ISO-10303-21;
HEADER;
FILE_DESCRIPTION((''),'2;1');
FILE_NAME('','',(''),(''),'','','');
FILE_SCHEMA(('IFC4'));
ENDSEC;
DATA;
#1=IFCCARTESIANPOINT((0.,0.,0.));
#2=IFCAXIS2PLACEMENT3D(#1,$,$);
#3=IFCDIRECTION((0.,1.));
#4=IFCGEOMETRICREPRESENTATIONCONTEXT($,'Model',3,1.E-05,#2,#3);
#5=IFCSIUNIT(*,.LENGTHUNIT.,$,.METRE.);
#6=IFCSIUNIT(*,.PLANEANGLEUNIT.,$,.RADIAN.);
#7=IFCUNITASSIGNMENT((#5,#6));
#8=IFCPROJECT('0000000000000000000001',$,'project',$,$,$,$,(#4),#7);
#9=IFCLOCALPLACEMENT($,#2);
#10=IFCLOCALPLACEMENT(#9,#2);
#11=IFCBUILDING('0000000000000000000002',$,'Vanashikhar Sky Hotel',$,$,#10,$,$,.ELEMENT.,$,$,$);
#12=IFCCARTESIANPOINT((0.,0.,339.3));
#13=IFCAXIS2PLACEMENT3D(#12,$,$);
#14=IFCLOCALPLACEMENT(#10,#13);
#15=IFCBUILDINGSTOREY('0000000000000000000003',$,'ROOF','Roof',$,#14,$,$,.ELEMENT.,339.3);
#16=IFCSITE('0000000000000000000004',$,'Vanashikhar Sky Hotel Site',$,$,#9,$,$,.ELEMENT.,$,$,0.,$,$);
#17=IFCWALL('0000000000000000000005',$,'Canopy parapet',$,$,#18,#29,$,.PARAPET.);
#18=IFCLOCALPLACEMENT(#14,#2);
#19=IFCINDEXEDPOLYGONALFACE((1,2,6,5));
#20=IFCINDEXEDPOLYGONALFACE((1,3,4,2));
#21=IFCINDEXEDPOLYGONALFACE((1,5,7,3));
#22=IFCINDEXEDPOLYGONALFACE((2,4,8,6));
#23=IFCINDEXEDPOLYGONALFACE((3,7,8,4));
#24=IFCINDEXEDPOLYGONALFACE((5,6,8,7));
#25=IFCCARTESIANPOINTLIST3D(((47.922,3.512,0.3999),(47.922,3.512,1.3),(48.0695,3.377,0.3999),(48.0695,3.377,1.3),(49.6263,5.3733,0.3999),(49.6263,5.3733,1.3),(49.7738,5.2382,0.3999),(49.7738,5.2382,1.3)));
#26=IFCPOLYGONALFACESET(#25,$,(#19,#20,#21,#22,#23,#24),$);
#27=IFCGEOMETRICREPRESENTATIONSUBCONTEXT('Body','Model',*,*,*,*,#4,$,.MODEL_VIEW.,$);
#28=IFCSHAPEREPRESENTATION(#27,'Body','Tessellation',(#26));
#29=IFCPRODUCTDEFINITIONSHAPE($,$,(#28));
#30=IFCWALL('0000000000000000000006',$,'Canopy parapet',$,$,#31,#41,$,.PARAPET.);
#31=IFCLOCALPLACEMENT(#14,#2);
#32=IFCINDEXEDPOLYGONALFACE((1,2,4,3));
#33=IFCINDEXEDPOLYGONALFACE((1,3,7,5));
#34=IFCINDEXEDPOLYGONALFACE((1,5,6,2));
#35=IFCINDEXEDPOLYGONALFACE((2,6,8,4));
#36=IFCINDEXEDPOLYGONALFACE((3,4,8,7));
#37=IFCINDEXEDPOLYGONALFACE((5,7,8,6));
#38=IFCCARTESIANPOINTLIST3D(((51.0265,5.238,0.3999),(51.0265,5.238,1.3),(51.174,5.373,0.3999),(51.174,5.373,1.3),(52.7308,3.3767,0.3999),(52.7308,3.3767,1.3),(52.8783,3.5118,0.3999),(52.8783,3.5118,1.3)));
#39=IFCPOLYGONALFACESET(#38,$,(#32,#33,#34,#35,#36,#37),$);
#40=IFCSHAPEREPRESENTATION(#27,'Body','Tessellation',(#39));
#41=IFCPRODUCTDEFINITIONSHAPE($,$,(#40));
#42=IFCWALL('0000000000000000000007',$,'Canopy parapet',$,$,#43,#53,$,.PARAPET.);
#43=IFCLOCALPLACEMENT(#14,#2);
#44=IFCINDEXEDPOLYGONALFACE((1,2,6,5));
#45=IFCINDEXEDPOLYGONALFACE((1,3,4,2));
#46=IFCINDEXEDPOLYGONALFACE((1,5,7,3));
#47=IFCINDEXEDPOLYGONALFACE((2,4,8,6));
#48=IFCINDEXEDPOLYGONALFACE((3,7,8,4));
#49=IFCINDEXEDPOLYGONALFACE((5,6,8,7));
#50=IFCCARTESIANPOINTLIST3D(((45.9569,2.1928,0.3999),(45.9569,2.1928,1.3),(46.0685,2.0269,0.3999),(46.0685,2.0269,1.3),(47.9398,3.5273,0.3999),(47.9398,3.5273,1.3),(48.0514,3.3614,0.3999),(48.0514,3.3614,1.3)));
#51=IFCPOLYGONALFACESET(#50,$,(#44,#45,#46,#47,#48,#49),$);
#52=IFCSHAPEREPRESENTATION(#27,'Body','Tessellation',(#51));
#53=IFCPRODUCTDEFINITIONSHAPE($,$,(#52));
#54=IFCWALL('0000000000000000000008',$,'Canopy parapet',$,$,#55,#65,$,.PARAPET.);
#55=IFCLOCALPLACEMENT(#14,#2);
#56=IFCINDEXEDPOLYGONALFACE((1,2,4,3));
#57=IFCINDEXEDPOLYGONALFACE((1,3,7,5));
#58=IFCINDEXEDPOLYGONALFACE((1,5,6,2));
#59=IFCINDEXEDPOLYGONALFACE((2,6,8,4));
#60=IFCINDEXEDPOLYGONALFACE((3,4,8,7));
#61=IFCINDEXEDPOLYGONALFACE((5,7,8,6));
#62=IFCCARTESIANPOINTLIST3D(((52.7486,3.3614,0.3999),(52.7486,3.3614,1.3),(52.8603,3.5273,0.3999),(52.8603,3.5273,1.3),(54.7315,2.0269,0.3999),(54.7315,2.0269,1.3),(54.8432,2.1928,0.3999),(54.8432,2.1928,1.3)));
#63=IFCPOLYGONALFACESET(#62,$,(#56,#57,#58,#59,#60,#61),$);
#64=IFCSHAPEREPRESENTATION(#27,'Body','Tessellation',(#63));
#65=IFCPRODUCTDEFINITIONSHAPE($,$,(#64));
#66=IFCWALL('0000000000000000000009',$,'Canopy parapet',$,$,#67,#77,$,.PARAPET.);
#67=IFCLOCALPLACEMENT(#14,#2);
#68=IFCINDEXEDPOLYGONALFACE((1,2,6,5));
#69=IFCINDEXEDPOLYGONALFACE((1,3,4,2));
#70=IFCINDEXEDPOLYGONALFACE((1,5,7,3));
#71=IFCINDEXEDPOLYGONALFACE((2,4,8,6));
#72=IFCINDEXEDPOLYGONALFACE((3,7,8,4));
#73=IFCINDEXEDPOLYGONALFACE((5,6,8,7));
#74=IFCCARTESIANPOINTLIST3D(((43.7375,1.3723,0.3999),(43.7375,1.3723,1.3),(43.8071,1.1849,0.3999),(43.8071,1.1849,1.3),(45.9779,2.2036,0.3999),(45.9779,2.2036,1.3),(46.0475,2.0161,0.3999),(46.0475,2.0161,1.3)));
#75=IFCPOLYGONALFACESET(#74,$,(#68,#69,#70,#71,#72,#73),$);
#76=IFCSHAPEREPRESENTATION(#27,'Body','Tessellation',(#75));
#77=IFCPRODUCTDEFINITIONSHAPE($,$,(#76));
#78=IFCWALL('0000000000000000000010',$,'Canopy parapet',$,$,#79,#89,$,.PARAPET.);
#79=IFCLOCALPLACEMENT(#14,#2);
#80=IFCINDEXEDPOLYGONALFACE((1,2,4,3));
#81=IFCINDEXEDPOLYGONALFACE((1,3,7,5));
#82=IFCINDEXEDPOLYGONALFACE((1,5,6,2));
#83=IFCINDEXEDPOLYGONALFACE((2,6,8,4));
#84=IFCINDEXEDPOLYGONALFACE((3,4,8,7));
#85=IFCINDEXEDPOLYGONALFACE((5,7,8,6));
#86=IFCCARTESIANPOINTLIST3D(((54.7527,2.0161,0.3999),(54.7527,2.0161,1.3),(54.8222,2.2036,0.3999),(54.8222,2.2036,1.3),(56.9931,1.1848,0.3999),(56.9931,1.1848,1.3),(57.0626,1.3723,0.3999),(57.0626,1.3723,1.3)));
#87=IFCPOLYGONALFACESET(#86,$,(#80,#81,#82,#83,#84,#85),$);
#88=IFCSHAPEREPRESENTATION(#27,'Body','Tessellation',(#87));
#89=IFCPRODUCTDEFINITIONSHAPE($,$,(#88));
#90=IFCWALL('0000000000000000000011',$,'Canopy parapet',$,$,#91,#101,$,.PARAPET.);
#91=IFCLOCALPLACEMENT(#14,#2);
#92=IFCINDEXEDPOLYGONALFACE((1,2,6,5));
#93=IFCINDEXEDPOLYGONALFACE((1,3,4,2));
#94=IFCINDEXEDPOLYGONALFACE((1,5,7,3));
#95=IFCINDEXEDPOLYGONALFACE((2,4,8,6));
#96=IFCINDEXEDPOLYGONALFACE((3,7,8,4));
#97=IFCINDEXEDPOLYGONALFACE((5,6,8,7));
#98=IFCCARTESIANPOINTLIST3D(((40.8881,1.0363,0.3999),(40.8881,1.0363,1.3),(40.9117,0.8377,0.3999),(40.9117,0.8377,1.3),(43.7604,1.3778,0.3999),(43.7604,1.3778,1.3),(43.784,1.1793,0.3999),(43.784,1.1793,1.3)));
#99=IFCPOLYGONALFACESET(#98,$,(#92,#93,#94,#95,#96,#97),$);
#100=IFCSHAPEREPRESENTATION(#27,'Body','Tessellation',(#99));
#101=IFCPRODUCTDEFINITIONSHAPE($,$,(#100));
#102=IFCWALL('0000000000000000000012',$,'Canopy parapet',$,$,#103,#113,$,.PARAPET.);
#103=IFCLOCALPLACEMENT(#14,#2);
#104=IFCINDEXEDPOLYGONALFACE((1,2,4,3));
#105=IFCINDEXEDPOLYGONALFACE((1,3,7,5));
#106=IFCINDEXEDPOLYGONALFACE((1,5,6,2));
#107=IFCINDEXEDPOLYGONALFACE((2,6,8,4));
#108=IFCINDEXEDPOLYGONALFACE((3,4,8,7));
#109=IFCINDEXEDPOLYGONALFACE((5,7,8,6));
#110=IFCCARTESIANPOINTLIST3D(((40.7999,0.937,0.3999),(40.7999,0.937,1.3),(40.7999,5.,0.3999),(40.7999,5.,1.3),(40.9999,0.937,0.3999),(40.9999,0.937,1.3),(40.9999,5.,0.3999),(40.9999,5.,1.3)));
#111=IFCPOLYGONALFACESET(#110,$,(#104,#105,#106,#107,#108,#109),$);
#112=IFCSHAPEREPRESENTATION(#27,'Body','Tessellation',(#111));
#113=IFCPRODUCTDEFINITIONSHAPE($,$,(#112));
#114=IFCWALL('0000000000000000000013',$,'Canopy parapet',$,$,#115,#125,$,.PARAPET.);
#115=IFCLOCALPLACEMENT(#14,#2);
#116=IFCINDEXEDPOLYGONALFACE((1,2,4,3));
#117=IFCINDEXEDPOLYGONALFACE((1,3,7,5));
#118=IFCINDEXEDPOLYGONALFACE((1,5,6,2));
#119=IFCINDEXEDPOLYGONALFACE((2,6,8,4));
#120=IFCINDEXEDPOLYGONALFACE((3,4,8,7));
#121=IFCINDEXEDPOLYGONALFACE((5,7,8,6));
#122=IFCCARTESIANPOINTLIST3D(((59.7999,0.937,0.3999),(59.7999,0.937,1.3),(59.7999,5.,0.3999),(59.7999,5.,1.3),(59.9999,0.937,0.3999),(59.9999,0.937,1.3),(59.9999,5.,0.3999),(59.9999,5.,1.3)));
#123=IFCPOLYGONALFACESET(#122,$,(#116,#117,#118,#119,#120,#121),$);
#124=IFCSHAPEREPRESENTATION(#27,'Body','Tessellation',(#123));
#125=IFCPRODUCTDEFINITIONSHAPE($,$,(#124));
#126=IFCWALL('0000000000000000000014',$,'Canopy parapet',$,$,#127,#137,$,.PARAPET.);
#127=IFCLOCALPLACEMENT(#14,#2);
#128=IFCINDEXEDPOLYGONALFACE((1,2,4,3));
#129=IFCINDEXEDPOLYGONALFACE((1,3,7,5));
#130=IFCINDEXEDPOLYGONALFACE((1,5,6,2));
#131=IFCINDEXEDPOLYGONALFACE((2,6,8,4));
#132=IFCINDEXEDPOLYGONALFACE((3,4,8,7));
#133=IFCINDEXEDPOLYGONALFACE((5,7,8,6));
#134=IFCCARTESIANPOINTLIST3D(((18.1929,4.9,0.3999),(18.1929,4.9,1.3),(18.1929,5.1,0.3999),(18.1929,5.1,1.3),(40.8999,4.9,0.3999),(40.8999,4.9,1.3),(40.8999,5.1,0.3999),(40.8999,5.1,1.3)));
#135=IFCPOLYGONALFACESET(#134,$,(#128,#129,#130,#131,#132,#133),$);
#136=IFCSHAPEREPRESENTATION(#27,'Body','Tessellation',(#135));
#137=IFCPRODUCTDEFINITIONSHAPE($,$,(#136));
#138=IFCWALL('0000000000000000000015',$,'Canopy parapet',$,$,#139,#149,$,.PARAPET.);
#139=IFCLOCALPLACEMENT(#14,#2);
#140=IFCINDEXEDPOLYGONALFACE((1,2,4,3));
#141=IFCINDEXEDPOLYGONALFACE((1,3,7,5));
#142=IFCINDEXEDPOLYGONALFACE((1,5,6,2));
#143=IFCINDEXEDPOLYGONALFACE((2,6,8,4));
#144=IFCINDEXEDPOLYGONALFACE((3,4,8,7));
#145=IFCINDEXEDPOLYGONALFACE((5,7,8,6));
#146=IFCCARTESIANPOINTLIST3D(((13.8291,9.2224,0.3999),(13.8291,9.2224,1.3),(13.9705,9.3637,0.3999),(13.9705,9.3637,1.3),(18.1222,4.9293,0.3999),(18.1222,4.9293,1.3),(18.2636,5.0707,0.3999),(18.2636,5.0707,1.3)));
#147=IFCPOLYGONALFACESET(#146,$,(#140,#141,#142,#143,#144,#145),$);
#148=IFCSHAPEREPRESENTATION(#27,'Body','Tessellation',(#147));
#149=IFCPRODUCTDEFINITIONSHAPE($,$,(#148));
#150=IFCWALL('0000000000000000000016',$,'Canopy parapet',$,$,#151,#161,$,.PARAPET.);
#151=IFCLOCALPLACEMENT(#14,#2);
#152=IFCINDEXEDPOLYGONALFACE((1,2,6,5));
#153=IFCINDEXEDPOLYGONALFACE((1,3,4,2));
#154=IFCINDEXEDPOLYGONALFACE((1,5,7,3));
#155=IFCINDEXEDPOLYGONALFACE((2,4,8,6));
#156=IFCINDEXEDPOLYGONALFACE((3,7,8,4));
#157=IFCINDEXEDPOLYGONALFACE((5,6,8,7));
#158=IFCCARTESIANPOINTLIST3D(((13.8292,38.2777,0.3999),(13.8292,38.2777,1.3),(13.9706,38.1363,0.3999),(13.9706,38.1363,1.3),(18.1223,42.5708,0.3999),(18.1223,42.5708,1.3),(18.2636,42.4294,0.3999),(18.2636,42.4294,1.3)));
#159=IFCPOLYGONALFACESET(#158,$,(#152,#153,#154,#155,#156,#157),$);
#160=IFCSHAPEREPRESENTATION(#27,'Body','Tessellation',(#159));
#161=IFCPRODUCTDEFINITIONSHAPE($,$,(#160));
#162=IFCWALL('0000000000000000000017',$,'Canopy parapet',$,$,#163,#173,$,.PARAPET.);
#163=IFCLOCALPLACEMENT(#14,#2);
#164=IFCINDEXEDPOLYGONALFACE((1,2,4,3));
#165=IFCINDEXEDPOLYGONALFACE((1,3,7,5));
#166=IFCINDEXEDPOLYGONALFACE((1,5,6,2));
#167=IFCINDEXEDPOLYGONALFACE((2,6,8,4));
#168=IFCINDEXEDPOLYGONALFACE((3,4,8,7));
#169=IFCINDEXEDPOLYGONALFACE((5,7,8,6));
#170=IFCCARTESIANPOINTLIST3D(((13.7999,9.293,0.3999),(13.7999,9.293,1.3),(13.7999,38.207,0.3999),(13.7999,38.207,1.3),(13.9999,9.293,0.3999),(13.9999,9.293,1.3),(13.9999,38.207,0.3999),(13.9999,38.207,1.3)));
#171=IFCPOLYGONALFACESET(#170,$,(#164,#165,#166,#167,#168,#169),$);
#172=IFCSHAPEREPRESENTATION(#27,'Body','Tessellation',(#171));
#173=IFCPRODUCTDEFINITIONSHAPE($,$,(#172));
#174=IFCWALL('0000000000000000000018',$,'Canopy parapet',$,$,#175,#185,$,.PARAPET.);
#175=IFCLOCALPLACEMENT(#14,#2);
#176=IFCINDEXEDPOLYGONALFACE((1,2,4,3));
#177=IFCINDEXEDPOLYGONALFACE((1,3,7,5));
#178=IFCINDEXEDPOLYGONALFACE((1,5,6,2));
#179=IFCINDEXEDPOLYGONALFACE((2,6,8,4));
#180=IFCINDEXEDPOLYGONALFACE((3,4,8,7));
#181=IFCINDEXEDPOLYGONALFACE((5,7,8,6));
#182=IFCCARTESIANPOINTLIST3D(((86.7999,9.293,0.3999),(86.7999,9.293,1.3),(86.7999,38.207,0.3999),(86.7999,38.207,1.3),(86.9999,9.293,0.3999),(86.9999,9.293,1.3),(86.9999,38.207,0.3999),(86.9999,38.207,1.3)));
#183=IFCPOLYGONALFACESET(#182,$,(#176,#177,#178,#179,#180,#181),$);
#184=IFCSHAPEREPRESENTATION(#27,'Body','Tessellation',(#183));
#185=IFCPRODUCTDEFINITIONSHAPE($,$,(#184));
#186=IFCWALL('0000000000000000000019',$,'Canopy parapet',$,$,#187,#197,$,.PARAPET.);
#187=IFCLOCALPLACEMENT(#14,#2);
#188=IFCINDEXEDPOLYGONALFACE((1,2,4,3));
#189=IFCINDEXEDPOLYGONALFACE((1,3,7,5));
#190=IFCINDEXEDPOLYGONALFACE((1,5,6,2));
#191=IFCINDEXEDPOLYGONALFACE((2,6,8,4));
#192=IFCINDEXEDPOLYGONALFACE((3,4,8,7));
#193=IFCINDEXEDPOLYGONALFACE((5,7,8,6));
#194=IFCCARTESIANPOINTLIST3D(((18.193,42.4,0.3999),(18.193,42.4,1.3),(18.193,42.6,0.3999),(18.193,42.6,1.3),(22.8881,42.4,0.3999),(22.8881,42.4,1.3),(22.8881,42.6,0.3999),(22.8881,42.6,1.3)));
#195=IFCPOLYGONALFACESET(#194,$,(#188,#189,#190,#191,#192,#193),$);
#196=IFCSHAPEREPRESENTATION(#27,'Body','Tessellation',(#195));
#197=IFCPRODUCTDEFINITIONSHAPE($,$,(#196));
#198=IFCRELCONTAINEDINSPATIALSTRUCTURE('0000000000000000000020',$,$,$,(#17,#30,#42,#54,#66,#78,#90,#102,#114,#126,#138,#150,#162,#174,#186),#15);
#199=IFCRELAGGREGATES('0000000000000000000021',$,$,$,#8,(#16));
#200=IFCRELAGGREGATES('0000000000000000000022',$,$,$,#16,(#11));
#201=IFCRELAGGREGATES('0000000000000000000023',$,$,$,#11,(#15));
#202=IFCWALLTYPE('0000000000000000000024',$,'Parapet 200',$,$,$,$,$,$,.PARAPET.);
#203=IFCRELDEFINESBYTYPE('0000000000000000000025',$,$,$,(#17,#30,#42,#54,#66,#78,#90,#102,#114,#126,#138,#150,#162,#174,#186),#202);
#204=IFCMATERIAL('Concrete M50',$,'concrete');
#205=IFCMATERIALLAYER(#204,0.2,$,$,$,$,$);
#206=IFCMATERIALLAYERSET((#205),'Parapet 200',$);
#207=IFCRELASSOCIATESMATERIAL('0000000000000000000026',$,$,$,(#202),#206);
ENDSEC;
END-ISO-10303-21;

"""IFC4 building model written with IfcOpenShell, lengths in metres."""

from ifc_helpers import new_model, si_unit, direction, frame, frame_2d, origin, place, context, subcontext, project, spatial, rectangle, extrude, source, transform, mapped, material, layer, layer_set, type_object, element, save


model = new_model("IFC4")

# Units and contexts
model_context = context("Model", 3, precision=1e-05, world=origin(), true_north=direction((0.0, 1.0)))
body_context = subcontext(model_context, "Body", "Model", "MODEL_VIEW")
ifc_project = project(units=[si_unit("LENGTHUNIT", "METRE"), si_unit("PLANEANGLEUNIT", "RADIAN")], contexts=[model_context])

# Site, building, storey
site_placement = place(None, origin())
site = spatial("IfcSite", under=ifc_project, at=site_placement, Name="Vanashikhar Sky Hotel Site", CompositionType="ELEMENT", RefElevation=0.0)
building_placement = place(site_placement, origin())
building = spatial("IfcBuilding", under=site, at=building_placement, Name="Vanashikhar Sky Hotel", CompositionType="ELEMENT")
storey_placement = place(building_placement, frame((0.0, 0.0, 339.3)))
storey = spatial("IfcBuildingStorey", under=building, at=storey_placement, Name="ROOF", Description="Roof", CompositionType="ELEMENT", Elevation=339.3)

# Walls
ifc_material_1 = material(Name="Concrete M50", Category="concrete")
ifc_layer_1 = layer(ifc_material_1, 0.2)
ifc_layer_set_1 = layer_set([ifc_layer_1], Name="Parapet 200")
wall_type = type_object("IfcWallType", Name="Parapet 200", PredefinedType="PARAPET", material=ifc_layer_set_1)
shared_shape_1 = source(origin(), body_context, "Body", "SweptSolid", [
    extrude(rectangle(XDim=2.5237, YDim=0.2, at=frame_2d((1.2617, 0.0))), origin(), (0.0, 0.0, 1.0), 0.9001),
])
for number, where, z_axis, x_axis, name in (
    (1, (49.7, 5.3057, 0.3999), (0.0, 0.0, 1.0), (-0.675322, -0.737523, 0.0), "Canopy parapet"),
    (2, (52.8044, 3.4443, 0.3999), (0.0, 0.0, 1.0), (-0.675322, 0.737523, 0.0), "Canopy parapet"),
):
    element("IfcWall", number, at=place(storey_placement, frame(where, z_axis=z_axis, x_axis=x_axis)), inside=storey, type_object=wall_type, Name=name, PredefinedType="PARAPET", context=body_context, shape_type="MappedRepresentation", body=[
        mapped(shared_shape_1, transform((0.0, 0.0, 0.0), scale=1.0)),
    ])
shared_shape_2 = source(origin(), body_context, "Body", "SweptSolid", [
    extrude(rectangle(XDim=2.3901, YDim=0.2, at=frame_2d((1.1951, 0.0))), origin(), (0.0, 0.0, 1.0), 0.9001),
])
for number, where, z_axis, x_axis, name in (
    (3, (47.9956, 3.4443, 0.3999), (0.0, 0.0, 1.0), (-0.829622, -0.558325, 0.0), "Canopy parapet"),
    (4, (54.7874, 2.1099, 0.3999), (0.0, 0.0, 1.0), (-0.829622, 0.558325, 0.0), "Canopy parapet"),
):
    element("IfcWall", number, at=place(storey_placement, frame(where, z_axis=z_axis, x_axis=x_axis)), inside=storey, type_object=wall_type, Name=name, PredefinedType="PARAPET", context=body_context, shape_type="MappedRepresentation", body=[
        mapped(shared_shape_2, transform((0.0, 0.0, 0.0), scale=1.0)),
    ])
shared_shape_3 = source(origin(), body_context, "Body", "SweptSolid", [
    extrude(rectangle(XDim=2.3896, YDim=0.2, at=frame_2d((1.1948, 0.0))), origin(), (0.0, 0.0, 1.0), 0.9001),
])
for number, where, z_axis, x_axis, name in (
    (5, (46.0127, 2.1099, 0.3999), (0.0, 0.0, 1.0), (-0.937545, -0.347863, 0.0), "Canopy parapet"),
    (6, (57.0278, 1.2786, 0.3999), (0.0, 0.0, 1.0), (-0.937545, 0.347863, 0.0), "Canopy parapet"),
):
    element("IfcWall", number, at=place(storey_placement, frame(where, z_axis=z_axis, x_axis=x_axis)), inside=storey, type_object=wall_type, Name=name, PredefinedType="PARAPET", context=body_context, shape_type="MappedRepresentation", body=[
        mapped(shared_shape_3, transform((0.0, 0.0, 0.0), scale=1.0)),
    ])
shared_shape_4 = source(origin(), body_context, "Body", "SweptSolid", [
    extrude(rectangle(XDim=2.8926, YDim=0.2, at=frame_2d((1.4463, 0.0))), origin(), (0.0, 0.0, 1.0), 0.9001),
])
wall_1_placement = place(storey_placement, frame((43.7722, 1.2786, 0.3999), z_axis=(0.0, 0.0, 1.0), x_axis=(-0.993004, -0.11808, 0.0)))
element("IfcWall", 7, at=wall_1_placement, inside=storey, type_object=wall_type, Name="Canopy parapet", PredefinedType="PARAPET", context=body_context, shape_type="MappedRepresentation", body=[
    mapped(shared_shape_4, transform((0.0, 0.0, 0.0), scale=1.0)),
])
shared_shape_5 = source(origin(), body_context, "Body", "SweptSolid", [
    extrude(rectangle(XDim=4.063, YDim=0.2, at=frame_2d((2.0315, 0.0))), origin(), (0.0, 0.0, 1.0), 0.9001),
])
for number, where, z_axis, x_axis, name in (
    (8, (40.8999, 0.937, 0.3999), (0.0, 0.0, 1.0), (0.0, 1.0, 0.0), "Canopy parapet"),
    (9, (59.8999, 5.0, 0.3999), (0.0, 0.0, 1.0), (0.0, -1.0, 0.0), "Canopy parapet"),
):
    element("IfcWall", number, at=place(storey_placement, frame(where, z_axis=z_axis, x_axis=x_axis)), inside=storey, type_object=wall_type, Name=name, PredefinedType="PARAPET", context=body_context, shape_type="MappedRepresentation", body=[
        mapped(shared_shape_5, transform((0.0, 0.0, 0.0), scale=1.0)),
    ])
shared_shape_6 = source(origin(), body_context, "Body", "SweptSolid", [
    extrude(rectangle(XDim=22.707, YDim=0.2, at=frame_2d((11.3535, 0.0))), origin(), (0.0, 0.0, 1.0), 0.9001),
])
wall_2_placement = place(storey_placement, frame((40.8999, 5.0, 0.3999), z_axis=(0.0, 0.0, 1.0), x_axis=(-1.0, 0.0, 0.0)))
element("IfcWall", 10, at=wall_2_placement, inside=storey, type_object=wall_type, Name="Canopy parapet", PredefinedType="PARAPET", context=body_context, shape_type="MappedRepresentation", body=[
    mapped(shared_shape_6, transform((0.0, 0.0, 0.0), scale=1.0)),
])
shared_shape_7 = source(origin(), body_context, "Body", "SweptSolid", [
    extrude(rectangle(XDim=6.0713, YDim=0.2, at=frame_2d((3.0356, 0.0))), origin(), (0.0, 0.0, 1.0), 0.9001),
])
for number, where, z_axis, x_axis, name in (
    (11, (18.1929, 5.0, 0.3999), (0.0, 0.0, 1.0), (-0.707107, 0.707107, 0.0), "Canopy parapet"),
    (12, (13.8999, 38.207, 0.3999), (0.0, 0.0, 1.0), (0.707107, 0.707107, 0.0), "Canopy parapet"),
):
    element("IfcWall", number, at=place(storey_placement, frame(where, z_axis=z_axis, x_axis=x_axis)), inside=storey, type_object=wall_type, Name=name, PredefinedType="PARAPET", context=body_context, shape_type="MappedRepresentation", body=[
        mapped(shared_shape_7, transform((0.0, 0.0, 0.0), scale=1.0)),
    ])
shared_shape_8 = source(origin(), body_context, "Body", "SweptSolid", [
    extrude(rectangle(XDim=28.9141, YDim=0.2, at=frame_2d((14.457, 0.0))), origin(), (0.0, 0.0, 1.0), 0.9001),
])
for number, where, z_axis, x_axis, name in (
    (13, (13.8999, 9.293, 0.3999), (0.0, 0.0, 1.0), (0.0, 1.0, 0.0), "Canopy parapet"),
    (14, (86.8999, 38.207, 0.3999), (0.0, 0.0, 1.0), (0.0, -1.0, 0.0), "Canopy parapet"),
):
    element("IfcWall", number, at=place(storey_placement, frame(where, z_axis=z_axis, x_axis=x_axis)), inside=storey, type_object=wall_type, Name=name, PredefinedType="PARAPET", context=body_context, shape_type="MappedRepresentation", body=[
        mapped(shared_shape_8, transform((0.0, 0.0, 0.0), scale=1.0)),
    ])
shared_shape_9 = source(origin(), body_context, "Body", "SweptSolid", [
    extrude(rectangle(XDim=4.6951, YDim=0.2, at=frame_2d((2.3477, 0.0))), origin(), (0.0, 0.0, 1.0), 0.9001),
])
for number, where, z_axis, x_axis, name in (
    (15, (18.1929, 42.5, 0.3999), (0.0, 0.0, 1.0), (1.0, 0.0, 0.0), "Canopy parapet"),
):
    element("IfcWall", number, at=place(storey_placement, frame(where, z_axis=z_axis, x_axis=x_axis)), inside=storey, type_object=wall_type, Name=name, PredefinedType="PARAPET", context=body_context, shape_type="MappedRepresentation", body=[
        mapped(shared_shape_9, transform((0.0, 0.0, 0.0), scale=1.0)),
    ])

save(model, "model.ifc")
